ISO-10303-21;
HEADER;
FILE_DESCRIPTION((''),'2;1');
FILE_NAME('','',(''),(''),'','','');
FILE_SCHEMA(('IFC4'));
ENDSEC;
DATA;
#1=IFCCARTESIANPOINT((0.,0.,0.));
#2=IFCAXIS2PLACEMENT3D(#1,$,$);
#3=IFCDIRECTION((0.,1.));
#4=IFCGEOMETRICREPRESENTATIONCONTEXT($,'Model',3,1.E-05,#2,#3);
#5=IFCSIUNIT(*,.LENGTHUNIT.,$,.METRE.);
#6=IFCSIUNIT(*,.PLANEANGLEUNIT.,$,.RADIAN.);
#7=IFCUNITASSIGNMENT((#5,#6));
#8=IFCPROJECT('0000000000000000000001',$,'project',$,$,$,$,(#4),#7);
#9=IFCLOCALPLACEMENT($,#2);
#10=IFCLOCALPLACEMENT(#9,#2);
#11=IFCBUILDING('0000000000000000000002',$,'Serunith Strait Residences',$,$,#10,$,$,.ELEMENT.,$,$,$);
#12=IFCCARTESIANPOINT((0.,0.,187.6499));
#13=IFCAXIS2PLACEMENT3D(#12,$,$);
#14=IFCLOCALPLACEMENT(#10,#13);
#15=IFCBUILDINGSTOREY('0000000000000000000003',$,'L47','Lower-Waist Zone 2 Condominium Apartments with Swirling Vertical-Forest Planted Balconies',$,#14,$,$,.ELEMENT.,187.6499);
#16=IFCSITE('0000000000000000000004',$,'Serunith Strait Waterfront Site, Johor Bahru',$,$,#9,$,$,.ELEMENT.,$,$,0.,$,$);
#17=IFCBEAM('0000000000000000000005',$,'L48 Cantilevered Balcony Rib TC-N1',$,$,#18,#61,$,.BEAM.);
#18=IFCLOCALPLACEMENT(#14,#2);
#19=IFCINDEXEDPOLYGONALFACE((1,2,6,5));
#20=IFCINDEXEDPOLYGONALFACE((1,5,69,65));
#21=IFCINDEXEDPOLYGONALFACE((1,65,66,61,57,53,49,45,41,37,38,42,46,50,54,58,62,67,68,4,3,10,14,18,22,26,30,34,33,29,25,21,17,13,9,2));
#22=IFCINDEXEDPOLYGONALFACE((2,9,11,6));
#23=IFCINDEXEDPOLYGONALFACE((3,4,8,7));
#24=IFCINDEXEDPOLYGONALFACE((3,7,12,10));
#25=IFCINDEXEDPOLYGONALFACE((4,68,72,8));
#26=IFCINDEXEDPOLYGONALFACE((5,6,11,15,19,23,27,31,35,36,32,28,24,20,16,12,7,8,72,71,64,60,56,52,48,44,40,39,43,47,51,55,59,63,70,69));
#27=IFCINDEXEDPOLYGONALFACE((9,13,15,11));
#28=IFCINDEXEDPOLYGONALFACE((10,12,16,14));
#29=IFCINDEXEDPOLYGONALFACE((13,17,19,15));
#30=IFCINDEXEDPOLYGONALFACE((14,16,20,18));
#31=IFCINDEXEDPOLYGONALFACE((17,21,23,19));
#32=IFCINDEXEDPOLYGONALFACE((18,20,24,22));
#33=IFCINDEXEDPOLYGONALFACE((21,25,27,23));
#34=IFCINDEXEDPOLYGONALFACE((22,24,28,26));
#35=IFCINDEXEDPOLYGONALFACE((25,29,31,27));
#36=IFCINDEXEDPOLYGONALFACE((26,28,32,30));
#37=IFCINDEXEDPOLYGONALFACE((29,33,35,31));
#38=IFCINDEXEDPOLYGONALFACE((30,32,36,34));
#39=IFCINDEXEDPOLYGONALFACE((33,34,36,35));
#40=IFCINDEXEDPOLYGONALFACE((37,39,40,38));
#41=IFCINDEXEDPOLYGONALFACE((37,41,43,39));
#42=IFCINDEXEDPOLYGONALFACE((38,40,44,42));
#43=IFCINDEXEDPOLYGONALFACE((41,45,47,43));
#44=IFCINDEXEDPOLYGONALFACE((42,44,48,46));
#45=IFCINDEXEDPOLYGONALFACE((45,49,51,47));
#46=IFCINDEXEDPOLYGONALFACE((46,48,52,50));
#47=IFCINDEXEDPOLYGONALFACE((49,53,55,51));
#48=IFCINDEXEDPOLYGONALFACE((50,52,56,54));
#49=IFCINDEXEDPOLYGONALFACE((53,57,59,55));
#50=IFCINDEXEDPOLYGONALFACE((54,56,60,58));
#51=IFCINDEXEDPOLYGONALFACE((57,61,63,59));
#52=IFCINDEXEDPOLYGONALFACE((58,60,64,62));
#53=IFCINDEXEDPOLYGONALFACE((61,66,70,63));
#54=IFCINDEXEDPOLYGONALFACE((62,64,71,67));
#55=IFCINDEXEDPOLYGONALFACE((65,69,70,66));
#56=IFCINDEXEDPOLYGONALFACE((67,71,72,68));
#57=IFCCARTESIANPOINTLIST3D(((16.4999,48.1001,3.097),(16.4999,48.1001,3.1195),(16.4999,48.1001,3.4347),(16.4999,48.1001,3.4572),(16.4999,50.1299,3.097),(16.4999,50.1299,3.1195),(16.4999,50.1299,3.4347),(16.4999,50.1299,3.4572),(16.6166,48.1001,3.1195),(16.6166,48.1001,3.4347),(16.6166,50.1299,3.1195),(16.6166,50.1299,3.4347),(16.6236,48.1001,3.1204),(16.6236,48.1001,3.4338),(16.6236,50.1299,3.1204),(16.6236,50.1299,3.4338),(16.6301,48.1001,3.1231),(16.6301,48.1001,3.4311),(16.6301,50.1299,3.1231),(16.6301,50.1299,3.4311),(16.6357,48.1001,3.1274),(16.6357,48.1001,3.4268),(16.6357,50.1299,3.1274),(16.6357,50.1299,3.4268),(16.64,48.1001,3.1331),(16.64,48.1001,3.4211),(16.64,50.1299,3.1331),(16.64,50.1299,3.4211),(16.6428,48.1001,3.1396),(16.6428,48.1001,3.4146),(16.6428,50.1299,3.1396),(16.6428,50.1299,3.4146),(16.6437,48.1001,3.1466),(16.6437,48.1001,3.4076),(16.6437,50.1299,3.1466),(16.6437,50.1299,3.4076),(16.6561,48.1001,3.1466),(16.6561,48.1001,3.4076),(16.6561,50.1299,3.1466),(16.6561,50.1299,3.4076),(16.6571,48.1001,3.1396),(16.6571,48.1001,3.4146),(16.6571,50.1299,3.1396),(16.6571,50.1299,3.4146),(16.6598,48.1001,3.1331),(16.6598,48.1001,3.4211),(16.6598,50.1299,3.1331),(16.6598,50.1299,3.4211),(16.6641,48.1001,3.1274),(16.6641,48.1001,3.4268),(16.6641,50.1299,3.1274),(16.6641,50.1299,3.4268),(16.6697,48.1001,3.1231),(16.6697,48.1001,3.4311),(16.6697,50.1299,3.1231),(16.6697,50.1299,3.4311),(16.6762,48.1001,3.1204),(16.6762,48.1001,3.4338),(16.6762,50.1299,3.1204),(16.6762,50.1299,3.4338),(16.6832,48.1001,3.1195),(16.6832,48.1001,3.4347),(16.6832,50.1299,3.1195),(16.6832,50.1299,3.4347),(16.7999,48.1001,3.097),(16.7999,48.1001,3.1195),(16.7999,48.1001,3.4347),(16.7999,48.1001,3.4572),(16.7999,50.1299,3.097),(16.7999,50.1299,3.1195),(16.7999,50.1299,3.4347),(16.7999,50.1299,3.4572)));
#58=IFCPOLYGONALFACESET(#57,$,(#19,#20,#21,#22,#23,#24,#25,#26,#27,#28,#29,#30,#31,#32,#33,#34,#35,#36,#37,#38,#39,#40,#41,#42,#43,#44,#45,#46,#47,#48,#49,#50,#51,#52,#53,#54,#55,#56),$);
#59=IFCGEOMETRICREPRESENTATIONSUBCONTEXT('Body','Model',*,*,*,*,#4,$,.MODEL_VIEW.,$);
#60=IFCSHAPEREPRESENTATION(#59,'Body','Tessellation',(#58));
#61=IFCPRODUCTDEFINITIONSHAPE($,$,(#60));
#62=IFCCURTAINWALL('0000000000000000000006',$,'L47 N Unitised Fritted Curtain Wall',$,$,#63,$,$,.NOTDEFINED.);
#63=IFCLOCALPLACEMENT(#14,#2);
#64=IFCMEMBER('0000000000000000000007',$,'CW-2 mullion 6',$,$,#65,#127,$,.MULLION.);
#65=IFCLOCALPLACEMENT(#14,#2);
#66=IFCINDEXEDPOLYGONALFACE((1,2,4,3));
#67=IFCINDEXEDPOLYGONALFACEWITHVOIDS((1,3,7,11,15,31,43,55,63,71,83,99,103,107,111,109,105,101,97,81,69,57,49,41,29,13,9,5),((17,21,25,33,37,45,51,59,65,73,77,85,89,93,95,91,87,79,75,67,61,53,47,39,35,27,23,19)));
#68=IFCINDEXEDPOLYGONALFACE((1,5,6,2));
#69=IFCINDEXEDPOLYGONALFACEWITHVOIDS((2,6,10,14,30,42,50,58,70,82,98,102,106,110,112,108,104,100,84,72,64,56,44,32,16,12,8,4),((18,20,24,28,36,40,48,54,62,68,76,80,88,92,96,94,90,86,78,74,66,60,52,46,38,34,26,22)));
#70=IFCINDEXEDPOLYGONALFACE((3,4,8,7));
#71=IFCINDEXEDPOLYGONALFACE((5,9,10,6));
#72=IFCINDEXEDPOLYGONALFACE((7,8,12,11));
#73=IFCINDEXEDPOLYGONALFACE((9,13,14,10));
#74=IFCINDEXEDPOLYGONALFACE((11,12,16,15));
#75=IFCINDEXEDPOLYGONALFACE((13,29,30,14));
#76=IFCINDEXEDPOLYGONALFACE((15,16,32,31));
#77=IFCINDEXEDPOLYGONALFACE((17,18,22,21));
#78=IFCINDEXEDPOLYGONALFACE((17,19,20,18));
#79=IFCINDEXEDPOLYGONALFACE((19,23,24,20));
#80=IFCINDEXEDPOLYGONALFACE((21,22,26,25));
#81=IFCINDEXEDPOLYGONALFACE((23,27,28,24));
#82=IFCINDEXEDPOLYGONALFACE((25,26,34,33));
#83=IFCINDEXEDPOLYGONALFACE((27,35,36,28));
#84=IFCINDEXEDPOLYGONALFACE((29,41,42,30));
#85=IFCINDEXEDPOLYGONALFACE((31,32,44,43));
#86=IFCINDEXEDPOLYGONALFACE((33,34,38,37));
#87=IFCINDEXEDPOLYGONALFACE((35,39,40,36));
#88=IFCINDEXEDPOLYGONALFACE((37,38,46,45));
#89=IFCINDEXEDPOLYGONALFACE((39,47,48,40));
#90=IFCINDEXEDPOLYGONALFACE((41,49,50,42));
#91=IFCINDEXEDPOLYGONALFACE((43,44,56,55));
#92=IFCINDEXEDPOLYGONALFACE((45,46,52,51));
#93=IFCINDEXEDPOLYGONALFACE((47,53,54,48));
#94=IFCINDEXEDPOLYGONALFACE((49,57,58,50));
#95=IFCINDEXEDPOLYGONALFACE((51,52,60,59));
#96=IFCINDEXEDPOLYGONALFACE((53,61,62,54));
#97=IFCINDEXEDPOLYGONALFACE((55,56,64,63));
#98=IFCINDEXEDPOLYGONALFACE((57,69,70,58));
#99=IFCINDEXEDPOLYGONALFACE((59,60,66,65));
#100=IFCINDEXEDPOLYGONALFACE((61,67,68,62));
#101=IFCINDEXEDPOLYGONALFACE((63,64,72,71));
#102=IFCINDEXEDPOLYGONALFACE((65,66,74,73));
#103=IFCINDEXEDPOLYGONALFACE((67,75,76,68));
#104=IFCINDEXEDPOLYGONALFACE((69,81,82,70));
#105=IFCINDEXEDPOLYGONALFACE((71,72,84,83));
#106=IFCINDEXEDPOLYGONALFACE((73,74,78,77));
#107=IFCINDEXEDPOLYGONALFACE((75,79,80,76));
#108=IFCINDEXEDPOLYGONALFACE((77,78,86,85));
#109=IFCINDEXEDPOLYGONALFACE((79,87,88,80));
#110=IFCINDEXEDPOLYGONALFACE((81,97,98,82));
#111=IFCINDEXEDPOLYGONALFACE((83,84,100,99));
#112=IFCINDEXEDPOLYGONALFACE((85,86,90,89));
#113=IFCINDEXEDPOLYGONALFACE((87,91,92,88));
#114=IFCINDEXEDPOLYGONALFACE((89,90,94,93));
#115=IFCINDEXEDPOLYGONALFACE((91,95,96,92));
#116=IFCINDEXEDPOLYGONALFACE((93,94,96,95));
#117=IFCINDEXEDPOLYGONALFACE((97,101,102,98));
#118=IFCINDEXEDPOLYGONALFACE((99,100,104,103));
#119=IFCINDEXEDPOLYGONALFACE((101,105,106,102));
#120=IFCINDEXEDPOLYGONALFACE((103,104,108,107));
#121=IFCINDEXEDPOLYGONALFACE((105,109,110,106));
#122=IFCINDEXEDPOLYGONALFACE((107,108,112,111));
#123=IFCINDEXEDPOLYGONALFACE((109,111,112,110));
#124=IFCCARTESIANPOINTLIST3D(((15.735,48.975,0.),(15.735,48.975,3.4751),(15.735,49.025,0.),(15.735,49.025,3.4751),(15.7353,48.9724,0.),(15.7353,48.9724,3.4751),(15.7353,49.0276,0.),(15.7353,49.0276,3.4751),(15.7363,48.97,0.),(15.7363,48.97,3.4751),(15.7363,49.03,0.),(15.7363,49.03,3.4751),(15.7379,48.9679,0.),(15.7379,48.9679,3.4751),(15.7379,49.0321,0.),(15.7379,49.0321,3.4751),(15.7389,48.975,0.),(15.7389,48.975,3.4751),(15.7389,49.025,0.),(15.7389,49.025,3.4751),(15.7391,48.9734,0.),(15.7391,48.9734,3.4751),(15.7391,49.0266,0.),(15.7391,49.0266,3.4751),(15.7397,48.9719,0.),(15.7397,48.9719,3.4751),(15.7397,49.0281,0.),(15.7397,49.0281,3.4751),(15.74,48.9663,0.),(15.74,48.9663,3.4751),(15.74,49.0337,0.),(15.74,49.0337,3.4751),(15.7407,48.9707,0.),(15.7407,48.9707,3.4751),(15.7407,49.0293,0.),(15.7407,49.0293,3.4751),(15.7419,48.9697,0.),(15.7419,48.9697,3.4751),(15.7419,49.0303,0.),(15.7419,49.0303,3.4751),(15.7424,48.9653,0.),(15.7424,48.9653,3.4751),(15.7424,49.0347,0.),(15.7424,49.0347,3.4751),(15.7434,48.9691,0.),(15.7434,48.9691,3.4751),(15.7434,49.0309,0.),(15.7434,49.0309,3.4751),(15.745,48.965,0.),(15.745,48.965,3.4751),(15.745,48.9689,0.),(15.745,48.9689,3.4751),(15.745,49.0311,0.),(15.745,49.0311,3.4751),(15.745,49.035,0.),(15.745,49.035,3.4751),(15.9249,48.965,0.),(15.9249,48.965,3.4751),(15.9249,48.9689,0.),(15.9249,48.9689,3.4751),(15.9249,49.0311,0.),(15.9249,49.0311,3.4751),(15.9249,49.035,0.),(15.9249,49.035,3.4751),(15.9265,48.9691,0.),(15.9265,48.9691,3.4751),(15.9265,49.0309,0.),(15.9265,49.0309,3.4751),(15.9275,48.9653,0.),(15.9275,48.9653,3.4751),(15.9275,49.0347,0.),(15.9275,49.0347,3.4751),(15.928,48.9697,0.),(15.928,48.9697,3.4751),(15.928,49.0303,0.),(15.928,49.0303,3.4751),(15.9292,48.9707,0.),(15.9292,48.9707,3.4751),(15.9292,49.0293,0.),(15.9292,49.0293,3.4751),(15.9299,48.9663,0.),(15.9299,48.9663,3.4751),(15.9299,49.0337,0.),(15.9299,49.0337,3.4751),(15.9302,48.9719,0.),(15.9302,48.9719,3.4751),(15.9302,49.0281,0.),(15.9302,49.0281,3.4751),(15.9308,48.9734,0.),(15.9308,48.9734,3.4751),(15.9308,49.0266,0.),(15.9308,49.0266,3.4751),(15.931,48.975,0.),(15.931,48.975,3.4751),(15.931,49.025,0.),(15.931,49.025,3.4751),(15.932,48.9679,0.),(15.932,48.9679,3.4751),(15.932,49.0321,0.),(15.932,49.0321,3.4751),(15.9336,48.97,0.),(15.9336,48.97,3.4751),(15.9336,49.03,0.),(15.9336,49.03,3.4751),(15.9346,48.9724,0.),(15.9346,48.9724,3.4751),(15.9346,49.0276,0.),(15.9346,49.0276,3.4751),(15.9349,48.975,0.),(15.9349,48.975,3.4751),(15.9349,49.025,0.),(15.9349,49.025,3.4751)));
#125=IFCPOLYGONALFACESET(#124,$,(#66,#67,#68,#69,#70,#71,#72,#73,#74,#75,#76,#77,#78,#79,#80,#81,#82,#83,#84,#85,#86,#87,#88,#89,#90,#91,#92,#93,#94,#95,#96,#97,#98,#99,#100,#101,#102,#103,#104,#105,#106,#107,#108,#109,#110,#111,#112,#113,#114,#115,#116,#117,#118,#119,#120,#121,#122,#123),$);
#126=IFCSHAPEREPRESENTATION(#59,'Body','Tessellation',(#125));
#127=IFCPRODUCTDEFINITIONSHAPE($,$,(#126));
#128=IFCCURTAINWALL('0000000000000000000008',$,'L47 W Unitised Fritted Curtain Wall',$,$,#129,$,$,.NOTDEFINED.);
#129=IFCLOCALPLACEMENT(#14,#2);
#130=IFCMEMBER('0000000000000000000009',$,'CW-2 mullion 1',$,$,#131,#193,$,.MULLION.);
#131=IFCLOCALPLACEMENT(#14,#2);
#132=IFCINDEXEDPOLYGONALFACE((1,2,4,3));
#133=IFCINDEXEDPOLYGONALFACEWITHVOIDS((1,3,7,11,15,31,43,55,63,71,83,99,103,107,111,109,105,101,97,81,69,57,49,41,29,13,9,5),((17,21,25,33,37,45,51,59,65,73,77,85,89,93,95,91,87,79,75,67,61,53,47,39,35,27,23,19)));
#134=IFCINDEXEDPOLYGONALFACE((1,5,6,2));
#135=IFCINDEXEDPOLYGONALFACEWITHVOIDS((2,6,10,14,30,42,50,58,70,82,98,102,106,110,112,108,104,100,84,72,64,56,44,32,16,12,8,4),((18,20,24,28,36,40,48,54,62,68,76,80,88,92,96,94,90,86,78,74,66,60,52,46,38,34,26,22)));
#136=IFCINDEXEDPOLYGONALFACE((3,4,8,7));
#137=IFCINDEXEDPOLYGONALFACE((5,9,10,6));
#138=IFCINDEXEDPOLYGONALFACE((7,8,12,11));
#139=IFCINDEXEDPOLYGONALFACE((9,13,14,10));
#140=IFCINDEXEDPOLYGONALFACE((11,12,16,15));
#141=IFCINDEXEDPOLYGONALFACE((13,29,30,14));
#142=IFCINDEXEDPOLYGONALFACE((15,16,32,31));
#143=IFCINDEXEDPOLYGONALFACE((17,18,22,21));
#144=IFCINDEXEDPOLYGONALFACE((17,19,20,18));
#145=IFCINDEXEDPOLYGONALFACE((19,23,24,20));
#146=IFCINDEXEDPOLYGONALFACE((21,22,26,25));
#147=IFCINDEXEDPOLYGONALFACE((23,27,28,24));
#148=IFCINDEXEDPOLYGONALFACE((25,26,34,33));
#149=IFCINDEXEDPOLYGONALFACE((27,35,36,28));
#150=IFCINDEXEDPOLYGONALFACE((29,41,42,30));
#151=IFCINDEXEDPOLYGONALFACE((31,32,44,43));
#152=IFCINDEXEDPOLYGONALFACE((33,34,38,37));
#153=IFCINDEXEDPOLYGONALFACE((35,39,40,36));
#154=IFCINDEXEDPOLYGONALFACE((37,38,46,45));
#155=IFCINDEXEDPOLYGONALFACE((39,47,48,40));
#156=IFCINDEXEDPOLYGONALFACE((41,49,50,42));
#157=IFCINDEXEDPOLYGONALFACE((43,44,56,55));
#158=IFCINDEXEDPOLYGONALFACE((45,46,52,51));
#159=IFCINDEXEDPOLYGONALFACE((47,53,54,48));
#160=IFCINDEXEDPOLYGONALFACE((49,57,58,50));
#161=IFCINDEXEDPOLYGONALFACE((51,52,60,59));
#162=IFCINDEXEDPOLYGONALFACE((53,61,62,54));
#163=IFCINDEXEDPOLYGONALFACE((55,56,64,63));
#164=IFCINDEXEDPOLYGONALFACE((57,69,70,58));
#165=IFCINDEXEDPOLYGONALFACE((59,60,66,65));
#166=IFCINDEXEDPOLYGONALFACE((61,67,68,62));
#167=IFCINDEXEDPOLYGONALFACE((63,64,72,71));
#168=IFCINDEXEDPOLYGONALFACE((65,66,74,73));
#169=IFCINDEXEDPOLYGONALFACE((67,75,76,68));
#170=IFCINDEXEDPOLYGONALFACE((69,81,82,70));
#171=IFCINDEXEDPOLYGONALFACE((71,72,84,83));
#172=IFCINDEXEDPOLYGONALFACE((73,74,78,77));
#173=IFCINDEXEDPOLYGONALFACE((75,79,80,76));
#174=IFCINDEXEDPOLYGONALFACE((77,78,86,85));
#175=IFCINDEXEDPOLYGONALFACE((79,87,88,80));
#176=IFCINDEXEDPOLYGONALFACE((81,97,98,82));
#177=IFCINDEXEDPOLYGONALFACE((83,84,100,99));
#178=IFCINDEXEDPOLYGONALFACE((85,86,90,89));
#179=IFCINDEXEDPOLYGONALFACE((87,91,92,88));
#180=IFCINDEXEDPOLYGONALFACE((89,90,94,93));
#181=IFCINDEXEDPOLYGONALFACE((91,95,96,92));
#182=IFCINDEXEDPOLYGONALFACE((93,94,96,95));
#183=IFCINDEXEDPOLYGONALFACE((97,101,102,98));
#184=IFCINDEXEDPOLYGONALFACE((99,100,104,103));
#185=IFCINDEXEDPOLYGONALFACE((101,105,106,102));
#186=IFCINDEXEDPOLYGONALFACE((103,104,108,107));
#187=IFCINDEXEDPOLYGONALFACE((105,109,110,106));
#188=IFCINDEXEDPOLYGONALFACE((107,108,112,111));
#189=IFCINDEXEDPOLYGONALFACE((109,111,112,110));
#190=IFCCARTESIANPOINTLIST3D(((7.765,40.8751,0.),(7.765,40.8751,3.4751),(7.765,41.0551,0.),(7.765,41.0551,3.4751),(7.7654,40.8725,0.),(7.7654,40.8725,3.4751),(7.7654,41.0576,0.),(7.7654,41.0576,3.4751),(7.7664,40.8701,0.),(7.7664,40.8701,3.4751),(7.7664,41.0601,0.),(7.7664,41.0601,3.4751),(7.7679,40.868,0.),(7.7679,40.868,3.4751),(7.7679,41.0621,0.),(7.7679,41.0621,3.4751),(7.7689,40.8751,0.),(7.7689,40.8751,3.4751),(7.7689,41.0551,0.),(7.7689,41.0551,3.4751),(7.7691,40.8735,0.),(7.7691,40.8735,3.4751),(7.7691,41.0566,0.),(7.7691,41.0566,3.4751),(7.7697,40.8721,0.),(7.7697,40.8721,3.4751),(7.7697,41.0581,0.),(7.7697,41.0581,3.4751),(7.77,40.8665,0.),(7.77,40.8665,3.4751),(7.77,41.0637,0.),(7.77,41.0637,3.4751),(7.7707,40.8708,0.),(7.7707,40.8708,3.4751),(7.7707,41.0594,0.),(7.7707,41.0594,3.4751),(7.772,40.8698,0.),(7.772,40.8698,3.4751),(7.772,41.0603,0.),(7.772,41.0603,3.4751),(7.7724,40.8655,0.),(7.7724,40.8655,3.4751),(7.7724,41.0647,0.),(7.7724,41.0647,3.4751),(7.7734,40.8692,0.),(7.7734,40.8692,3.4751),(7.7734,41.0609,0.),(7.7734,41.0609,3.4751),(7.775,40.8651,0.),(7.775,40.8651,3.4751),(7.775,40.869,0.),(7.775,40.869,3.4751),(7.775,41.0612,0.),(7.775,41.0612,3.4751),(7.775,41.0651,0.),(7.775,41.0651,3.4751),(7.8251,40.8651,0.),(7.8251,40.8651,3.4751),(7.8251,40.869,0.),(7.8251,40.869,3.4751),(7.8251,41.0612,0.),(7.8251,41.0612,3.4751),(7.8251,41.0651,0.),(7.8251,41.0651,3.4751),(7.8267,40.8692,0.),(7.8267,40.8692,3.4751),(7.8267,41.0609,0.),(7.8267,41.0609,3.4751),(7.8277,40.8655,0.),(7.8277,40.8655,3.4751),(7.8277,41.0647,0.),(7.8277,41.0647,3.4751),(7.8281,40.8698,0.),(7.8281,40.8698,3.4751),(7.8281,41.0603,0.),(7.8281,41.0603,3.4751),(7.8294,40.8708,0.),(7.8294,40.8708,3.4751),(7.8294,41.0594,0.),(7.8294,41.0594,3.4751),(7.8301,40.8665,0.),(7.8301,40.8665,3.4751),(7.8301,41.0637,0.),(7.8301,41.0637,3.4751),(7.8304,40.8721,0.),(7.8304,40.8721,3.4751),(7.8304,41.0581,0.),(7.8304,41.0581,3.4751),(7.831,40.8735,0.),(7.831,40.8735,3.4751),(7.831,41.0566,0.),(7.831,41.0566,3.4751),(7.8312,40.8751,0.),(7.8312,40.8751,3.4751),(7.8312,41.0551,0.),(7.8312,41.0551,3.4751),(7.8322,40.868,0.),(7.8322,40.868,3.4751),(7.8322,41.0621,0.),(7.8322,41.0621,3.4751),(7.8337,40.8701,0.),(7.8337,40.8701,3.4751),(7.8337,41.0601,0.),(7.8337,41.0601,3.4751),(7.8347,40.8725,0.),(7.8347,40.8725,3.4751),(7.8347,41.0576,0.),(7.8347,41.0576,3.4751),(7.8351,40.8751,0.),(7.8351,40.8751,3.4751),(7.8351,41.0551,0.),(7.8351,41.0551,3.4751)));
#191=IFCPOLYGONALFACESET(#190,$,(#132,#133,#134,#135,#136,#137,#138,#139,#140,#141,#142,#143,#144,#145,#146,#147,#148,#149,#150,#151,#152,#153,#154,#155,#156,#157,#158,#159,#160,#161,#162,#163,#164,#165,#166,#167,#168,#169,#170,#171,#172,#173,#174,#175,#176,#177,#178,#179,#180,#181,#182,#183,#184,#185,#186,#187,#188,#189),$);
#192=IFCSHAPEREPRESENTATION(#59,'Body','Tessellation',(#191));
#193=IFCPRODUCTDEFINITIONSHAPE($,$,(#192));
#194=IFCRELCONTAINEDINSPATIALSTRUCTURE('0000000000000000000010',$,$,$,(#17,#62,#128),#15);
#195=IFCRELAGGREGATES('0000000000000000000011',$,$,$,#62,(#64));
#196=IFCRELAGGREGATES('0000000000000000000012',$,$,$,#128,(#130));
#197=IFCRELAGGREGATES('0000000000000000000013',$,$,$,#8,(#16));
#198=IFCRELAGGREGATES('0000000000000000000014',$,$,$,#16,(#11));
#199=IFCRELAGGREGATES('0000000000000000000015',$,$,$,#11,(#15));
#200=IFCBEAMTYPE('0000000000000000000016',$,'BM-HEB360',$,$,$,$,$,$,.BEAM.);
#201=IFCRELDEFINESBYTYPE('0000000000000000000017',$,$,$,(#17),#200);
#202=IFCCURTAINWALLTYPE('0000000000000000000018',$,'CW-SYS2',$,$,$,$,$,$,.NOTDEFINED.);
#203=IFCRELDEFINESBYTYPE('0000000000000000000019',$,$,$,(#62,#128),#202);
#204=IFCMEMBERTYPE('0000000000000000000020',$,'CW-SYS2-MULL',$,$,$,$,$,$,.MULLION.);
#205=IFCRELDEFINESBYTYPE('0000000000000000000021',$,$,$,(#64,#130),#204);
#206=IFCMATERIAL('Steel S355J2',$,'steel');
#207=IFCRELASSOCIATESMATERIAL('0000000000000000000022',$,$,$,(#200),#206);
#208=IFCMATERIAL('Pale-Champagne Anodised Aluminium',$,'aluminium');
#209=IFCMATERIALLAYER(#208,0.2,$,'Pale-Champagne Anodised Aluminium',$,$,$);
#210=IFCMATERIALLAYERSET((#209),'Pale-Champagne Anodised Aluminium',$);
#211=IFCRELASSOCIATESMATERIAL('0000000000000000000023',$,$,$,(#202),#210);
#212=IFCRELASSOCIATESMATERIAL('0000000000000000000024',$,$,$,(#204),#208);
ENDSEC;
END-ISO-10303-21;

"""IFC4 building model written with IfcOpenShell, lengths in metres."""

from ifc_helpers import new_model, si_unit, direction, frame, origin, origin_2d, place, context, subcontext, project, spatial, hollow_rectangle, i_section, extrude, source, transform, mapped, material, layer, layer_set, material_profile, profile_set, type_object, element, aggregate, save


model = new_model("IFC4")

# Units and contexts
model_context = context("Model", 3, precision=1e-05, world=origin(), true_north=direction((0.0, 1.0)))
body_context = subcontext(model_context, "Body", "Model", "MODEL_VIEW")
ifc_project = project(units=[si_unit("LENGTHUNIT", "METRE"), si_unit("PLANEANGLEUNIT", "RADIAN")], contexts=[model_context])

# Site, building, storey
site_placement = place(None, origin())
site = spatial("IfcSite", under=ifc_project, at=site_placement, Name="Serunith Strait Waterfront Site, Johor Bahru", CompositionType="ELEMENT", RefElevation=0.0)
building_placement = place(site_placement, origin())
building = spatial("IfcBuilding", under=site, at=building_placement, Name="Serunith Strait Residences", CompositionType="ELEMENT")
storey_placement = place(building_placement, frame((0.0, 0.0, 187.6499)))
storey = spatial("IfcBuildingStorey", under=building, at=storey_placement, Name="L47", Description="Lower-Waist Zone 2 Condominium Apartments with Swirling Vertical-Forest Planted Balconies", CompositionType="ELEMENT", Elevation=187.6499)

# Beam
ifc_material_1 = material(Name="Steel S355J2", Category="steel")
ifc_material_profile_1 = material_profile(ifc_material_1, i_section(OverallWidth=0.3, OverallDepth=0.3601, WebThickness=0.0125, FlangeThickness=0.0225, FilletRadius=0.0271, at=origin_2d()), Name="HEB 360")
ifc_profile_set_1 = profile_set([ifc_material_profile_1], Name="Steel S355J2")
beam_type_1 = type_object("IfcBeamType", Name="BM-HEB360", PredefinedType="BEAM", material=ifc_profile_set_1)
shared_shape_1 = source(origin(), body_context, "Body", "SweptSolid", [
    extrude(i_section(OverallWidth=0.3, OverallDepth=0.3601, WebThickness=0.0125, FlangeThickness=0.0225, FilletRadius=0.0271, at=origin_2d()), origin(), (0.0, 0.0, 1.0), 2.0298),
])
beam_1_placement = place(storey_placement, frame((16.6499, 48.1001, 3.2771), z_axis=(0.0, 1.0, 0.0), x_axis=(-1.0, 0.0, 0.0)))
element("IfcBeam", 1, at=beam_1_placement, inside=storey, type_object=beam_type_1, Name="L48 Cantilevered Balcony Rib TC-N1", PredefinedType="BEAM", context=body_context, shape_type="MappedRepresentation", body=[
    mapped(shared_shape_1, transform((0.0, 0.0, 0.0), scale=1.0)),
])

# Curtain wall, member
ifc_material_2 = material(Name="Pale-Champagne Anodised Aluminium", Category="aluminium")
ifc_layer_1 = layer(ifc_material_2, 0.2, Name="Pale-Champagne Anodised Aluminium")
ifc_layer_set_1 = layer_set([ifc_layer_1], Name="Pale-Champagne Anodised Aluminium")
curtain_wall_type = type_object("IfcCurtainWallType", Name="CW-SYS2", PredefinedType="NOTDEFINED", material=ifc_layer_set_1)
curtain_wall_1_placement = place(storey_placement, origin())
curtain_wall_1 = element("IfcCurtainWall", 2, at=curtain_wall_1_placement, inside=storey, type_object=curtain_wall_type, Name="L47 N Unitised Fritted Curtain Wall", PredefinedType="NOTDEFINED")
ifc_material_profile_2 = material_profile(ifc_material_2, hollow_rectangle(XDim=0.0701, YDim=0.2, WallThickness=0.0039, InnerFilletRadius=0.0061, OuterFilletRadius=0.01, at=origin_2d()), Name="ALU 200x70x4")
ifc_profile_set_2 = profile_set([ifc_material_profile_2], Name="Pale-Champagne Anodised Aluminium")
member_type_1 = type_object("IfcMemberType", Name="CW-SYS2-MULL", PredefinedType="MULLION", material=ifc_profile_set_2)
shared_shape_2 = source(origin(), body_context, "Body", "SweptSolid", [
    extrude(hollow_rectangle(XDim=0.0701, YDim=0.2, WallThickness=0.0039, InnerFilletRadius=0.0061, OuterFilletRadius=0.01, at=origin_2d()), origin(), (0.0, 0.0, 1.0), 3.4751),
])
member_1_placement = place(storey_placement, frame((15.835, 49.0, 0.0), z_axis=(0.0, 0.0, 1.0), x_axis=(0.0, -1.0, 0.0)))
member_1 = element("IfcMember", 3, at=member_1_placement, type_object=member_type_1, Name="CW-2 mullion 6", PredefinedType="MULLION", context=body_context, shape_type="MappedRepresentation", body=[
    mapped(shared_shape_2, transform((0.0, 0.0, 0.0), scale=1.0)),
])
aggregate(curtain_wall_1, [member_1])

# Curtain wall, member
curtain_wall_2_placement = place(storey_placement, origin())
curtain_wall_2 = element("IfcCurtainWall", 4, at=curtain_wall_2_placement, inside=storey, type_object=curtain_wall_type, Name="L47 W Unitised Fritted Curtain Wall", PredefinedType="NOTDEFINED")
member_2_placement = place(storey_placement, frame((7.8, 40.9651, 0.0), z_axis=(0.0, 0.0, 1.0), x_axis=(1.0, 0.0, 0.0)))
member_2 = element("IfcMember", 5, at=member_2_placement, type_object=member_type_1, Name="CW-2 mullion 1", PredefinedType="MULLION", context=body_context, shape_type="MappedRepresentation", body=[
    mapped(shared_shape_2, transform((0.0, 0.0, 0.0), scale=1.0)),
])
aggregate(curtain_wall_2, [member_2])

save(model, "model.ifc")
